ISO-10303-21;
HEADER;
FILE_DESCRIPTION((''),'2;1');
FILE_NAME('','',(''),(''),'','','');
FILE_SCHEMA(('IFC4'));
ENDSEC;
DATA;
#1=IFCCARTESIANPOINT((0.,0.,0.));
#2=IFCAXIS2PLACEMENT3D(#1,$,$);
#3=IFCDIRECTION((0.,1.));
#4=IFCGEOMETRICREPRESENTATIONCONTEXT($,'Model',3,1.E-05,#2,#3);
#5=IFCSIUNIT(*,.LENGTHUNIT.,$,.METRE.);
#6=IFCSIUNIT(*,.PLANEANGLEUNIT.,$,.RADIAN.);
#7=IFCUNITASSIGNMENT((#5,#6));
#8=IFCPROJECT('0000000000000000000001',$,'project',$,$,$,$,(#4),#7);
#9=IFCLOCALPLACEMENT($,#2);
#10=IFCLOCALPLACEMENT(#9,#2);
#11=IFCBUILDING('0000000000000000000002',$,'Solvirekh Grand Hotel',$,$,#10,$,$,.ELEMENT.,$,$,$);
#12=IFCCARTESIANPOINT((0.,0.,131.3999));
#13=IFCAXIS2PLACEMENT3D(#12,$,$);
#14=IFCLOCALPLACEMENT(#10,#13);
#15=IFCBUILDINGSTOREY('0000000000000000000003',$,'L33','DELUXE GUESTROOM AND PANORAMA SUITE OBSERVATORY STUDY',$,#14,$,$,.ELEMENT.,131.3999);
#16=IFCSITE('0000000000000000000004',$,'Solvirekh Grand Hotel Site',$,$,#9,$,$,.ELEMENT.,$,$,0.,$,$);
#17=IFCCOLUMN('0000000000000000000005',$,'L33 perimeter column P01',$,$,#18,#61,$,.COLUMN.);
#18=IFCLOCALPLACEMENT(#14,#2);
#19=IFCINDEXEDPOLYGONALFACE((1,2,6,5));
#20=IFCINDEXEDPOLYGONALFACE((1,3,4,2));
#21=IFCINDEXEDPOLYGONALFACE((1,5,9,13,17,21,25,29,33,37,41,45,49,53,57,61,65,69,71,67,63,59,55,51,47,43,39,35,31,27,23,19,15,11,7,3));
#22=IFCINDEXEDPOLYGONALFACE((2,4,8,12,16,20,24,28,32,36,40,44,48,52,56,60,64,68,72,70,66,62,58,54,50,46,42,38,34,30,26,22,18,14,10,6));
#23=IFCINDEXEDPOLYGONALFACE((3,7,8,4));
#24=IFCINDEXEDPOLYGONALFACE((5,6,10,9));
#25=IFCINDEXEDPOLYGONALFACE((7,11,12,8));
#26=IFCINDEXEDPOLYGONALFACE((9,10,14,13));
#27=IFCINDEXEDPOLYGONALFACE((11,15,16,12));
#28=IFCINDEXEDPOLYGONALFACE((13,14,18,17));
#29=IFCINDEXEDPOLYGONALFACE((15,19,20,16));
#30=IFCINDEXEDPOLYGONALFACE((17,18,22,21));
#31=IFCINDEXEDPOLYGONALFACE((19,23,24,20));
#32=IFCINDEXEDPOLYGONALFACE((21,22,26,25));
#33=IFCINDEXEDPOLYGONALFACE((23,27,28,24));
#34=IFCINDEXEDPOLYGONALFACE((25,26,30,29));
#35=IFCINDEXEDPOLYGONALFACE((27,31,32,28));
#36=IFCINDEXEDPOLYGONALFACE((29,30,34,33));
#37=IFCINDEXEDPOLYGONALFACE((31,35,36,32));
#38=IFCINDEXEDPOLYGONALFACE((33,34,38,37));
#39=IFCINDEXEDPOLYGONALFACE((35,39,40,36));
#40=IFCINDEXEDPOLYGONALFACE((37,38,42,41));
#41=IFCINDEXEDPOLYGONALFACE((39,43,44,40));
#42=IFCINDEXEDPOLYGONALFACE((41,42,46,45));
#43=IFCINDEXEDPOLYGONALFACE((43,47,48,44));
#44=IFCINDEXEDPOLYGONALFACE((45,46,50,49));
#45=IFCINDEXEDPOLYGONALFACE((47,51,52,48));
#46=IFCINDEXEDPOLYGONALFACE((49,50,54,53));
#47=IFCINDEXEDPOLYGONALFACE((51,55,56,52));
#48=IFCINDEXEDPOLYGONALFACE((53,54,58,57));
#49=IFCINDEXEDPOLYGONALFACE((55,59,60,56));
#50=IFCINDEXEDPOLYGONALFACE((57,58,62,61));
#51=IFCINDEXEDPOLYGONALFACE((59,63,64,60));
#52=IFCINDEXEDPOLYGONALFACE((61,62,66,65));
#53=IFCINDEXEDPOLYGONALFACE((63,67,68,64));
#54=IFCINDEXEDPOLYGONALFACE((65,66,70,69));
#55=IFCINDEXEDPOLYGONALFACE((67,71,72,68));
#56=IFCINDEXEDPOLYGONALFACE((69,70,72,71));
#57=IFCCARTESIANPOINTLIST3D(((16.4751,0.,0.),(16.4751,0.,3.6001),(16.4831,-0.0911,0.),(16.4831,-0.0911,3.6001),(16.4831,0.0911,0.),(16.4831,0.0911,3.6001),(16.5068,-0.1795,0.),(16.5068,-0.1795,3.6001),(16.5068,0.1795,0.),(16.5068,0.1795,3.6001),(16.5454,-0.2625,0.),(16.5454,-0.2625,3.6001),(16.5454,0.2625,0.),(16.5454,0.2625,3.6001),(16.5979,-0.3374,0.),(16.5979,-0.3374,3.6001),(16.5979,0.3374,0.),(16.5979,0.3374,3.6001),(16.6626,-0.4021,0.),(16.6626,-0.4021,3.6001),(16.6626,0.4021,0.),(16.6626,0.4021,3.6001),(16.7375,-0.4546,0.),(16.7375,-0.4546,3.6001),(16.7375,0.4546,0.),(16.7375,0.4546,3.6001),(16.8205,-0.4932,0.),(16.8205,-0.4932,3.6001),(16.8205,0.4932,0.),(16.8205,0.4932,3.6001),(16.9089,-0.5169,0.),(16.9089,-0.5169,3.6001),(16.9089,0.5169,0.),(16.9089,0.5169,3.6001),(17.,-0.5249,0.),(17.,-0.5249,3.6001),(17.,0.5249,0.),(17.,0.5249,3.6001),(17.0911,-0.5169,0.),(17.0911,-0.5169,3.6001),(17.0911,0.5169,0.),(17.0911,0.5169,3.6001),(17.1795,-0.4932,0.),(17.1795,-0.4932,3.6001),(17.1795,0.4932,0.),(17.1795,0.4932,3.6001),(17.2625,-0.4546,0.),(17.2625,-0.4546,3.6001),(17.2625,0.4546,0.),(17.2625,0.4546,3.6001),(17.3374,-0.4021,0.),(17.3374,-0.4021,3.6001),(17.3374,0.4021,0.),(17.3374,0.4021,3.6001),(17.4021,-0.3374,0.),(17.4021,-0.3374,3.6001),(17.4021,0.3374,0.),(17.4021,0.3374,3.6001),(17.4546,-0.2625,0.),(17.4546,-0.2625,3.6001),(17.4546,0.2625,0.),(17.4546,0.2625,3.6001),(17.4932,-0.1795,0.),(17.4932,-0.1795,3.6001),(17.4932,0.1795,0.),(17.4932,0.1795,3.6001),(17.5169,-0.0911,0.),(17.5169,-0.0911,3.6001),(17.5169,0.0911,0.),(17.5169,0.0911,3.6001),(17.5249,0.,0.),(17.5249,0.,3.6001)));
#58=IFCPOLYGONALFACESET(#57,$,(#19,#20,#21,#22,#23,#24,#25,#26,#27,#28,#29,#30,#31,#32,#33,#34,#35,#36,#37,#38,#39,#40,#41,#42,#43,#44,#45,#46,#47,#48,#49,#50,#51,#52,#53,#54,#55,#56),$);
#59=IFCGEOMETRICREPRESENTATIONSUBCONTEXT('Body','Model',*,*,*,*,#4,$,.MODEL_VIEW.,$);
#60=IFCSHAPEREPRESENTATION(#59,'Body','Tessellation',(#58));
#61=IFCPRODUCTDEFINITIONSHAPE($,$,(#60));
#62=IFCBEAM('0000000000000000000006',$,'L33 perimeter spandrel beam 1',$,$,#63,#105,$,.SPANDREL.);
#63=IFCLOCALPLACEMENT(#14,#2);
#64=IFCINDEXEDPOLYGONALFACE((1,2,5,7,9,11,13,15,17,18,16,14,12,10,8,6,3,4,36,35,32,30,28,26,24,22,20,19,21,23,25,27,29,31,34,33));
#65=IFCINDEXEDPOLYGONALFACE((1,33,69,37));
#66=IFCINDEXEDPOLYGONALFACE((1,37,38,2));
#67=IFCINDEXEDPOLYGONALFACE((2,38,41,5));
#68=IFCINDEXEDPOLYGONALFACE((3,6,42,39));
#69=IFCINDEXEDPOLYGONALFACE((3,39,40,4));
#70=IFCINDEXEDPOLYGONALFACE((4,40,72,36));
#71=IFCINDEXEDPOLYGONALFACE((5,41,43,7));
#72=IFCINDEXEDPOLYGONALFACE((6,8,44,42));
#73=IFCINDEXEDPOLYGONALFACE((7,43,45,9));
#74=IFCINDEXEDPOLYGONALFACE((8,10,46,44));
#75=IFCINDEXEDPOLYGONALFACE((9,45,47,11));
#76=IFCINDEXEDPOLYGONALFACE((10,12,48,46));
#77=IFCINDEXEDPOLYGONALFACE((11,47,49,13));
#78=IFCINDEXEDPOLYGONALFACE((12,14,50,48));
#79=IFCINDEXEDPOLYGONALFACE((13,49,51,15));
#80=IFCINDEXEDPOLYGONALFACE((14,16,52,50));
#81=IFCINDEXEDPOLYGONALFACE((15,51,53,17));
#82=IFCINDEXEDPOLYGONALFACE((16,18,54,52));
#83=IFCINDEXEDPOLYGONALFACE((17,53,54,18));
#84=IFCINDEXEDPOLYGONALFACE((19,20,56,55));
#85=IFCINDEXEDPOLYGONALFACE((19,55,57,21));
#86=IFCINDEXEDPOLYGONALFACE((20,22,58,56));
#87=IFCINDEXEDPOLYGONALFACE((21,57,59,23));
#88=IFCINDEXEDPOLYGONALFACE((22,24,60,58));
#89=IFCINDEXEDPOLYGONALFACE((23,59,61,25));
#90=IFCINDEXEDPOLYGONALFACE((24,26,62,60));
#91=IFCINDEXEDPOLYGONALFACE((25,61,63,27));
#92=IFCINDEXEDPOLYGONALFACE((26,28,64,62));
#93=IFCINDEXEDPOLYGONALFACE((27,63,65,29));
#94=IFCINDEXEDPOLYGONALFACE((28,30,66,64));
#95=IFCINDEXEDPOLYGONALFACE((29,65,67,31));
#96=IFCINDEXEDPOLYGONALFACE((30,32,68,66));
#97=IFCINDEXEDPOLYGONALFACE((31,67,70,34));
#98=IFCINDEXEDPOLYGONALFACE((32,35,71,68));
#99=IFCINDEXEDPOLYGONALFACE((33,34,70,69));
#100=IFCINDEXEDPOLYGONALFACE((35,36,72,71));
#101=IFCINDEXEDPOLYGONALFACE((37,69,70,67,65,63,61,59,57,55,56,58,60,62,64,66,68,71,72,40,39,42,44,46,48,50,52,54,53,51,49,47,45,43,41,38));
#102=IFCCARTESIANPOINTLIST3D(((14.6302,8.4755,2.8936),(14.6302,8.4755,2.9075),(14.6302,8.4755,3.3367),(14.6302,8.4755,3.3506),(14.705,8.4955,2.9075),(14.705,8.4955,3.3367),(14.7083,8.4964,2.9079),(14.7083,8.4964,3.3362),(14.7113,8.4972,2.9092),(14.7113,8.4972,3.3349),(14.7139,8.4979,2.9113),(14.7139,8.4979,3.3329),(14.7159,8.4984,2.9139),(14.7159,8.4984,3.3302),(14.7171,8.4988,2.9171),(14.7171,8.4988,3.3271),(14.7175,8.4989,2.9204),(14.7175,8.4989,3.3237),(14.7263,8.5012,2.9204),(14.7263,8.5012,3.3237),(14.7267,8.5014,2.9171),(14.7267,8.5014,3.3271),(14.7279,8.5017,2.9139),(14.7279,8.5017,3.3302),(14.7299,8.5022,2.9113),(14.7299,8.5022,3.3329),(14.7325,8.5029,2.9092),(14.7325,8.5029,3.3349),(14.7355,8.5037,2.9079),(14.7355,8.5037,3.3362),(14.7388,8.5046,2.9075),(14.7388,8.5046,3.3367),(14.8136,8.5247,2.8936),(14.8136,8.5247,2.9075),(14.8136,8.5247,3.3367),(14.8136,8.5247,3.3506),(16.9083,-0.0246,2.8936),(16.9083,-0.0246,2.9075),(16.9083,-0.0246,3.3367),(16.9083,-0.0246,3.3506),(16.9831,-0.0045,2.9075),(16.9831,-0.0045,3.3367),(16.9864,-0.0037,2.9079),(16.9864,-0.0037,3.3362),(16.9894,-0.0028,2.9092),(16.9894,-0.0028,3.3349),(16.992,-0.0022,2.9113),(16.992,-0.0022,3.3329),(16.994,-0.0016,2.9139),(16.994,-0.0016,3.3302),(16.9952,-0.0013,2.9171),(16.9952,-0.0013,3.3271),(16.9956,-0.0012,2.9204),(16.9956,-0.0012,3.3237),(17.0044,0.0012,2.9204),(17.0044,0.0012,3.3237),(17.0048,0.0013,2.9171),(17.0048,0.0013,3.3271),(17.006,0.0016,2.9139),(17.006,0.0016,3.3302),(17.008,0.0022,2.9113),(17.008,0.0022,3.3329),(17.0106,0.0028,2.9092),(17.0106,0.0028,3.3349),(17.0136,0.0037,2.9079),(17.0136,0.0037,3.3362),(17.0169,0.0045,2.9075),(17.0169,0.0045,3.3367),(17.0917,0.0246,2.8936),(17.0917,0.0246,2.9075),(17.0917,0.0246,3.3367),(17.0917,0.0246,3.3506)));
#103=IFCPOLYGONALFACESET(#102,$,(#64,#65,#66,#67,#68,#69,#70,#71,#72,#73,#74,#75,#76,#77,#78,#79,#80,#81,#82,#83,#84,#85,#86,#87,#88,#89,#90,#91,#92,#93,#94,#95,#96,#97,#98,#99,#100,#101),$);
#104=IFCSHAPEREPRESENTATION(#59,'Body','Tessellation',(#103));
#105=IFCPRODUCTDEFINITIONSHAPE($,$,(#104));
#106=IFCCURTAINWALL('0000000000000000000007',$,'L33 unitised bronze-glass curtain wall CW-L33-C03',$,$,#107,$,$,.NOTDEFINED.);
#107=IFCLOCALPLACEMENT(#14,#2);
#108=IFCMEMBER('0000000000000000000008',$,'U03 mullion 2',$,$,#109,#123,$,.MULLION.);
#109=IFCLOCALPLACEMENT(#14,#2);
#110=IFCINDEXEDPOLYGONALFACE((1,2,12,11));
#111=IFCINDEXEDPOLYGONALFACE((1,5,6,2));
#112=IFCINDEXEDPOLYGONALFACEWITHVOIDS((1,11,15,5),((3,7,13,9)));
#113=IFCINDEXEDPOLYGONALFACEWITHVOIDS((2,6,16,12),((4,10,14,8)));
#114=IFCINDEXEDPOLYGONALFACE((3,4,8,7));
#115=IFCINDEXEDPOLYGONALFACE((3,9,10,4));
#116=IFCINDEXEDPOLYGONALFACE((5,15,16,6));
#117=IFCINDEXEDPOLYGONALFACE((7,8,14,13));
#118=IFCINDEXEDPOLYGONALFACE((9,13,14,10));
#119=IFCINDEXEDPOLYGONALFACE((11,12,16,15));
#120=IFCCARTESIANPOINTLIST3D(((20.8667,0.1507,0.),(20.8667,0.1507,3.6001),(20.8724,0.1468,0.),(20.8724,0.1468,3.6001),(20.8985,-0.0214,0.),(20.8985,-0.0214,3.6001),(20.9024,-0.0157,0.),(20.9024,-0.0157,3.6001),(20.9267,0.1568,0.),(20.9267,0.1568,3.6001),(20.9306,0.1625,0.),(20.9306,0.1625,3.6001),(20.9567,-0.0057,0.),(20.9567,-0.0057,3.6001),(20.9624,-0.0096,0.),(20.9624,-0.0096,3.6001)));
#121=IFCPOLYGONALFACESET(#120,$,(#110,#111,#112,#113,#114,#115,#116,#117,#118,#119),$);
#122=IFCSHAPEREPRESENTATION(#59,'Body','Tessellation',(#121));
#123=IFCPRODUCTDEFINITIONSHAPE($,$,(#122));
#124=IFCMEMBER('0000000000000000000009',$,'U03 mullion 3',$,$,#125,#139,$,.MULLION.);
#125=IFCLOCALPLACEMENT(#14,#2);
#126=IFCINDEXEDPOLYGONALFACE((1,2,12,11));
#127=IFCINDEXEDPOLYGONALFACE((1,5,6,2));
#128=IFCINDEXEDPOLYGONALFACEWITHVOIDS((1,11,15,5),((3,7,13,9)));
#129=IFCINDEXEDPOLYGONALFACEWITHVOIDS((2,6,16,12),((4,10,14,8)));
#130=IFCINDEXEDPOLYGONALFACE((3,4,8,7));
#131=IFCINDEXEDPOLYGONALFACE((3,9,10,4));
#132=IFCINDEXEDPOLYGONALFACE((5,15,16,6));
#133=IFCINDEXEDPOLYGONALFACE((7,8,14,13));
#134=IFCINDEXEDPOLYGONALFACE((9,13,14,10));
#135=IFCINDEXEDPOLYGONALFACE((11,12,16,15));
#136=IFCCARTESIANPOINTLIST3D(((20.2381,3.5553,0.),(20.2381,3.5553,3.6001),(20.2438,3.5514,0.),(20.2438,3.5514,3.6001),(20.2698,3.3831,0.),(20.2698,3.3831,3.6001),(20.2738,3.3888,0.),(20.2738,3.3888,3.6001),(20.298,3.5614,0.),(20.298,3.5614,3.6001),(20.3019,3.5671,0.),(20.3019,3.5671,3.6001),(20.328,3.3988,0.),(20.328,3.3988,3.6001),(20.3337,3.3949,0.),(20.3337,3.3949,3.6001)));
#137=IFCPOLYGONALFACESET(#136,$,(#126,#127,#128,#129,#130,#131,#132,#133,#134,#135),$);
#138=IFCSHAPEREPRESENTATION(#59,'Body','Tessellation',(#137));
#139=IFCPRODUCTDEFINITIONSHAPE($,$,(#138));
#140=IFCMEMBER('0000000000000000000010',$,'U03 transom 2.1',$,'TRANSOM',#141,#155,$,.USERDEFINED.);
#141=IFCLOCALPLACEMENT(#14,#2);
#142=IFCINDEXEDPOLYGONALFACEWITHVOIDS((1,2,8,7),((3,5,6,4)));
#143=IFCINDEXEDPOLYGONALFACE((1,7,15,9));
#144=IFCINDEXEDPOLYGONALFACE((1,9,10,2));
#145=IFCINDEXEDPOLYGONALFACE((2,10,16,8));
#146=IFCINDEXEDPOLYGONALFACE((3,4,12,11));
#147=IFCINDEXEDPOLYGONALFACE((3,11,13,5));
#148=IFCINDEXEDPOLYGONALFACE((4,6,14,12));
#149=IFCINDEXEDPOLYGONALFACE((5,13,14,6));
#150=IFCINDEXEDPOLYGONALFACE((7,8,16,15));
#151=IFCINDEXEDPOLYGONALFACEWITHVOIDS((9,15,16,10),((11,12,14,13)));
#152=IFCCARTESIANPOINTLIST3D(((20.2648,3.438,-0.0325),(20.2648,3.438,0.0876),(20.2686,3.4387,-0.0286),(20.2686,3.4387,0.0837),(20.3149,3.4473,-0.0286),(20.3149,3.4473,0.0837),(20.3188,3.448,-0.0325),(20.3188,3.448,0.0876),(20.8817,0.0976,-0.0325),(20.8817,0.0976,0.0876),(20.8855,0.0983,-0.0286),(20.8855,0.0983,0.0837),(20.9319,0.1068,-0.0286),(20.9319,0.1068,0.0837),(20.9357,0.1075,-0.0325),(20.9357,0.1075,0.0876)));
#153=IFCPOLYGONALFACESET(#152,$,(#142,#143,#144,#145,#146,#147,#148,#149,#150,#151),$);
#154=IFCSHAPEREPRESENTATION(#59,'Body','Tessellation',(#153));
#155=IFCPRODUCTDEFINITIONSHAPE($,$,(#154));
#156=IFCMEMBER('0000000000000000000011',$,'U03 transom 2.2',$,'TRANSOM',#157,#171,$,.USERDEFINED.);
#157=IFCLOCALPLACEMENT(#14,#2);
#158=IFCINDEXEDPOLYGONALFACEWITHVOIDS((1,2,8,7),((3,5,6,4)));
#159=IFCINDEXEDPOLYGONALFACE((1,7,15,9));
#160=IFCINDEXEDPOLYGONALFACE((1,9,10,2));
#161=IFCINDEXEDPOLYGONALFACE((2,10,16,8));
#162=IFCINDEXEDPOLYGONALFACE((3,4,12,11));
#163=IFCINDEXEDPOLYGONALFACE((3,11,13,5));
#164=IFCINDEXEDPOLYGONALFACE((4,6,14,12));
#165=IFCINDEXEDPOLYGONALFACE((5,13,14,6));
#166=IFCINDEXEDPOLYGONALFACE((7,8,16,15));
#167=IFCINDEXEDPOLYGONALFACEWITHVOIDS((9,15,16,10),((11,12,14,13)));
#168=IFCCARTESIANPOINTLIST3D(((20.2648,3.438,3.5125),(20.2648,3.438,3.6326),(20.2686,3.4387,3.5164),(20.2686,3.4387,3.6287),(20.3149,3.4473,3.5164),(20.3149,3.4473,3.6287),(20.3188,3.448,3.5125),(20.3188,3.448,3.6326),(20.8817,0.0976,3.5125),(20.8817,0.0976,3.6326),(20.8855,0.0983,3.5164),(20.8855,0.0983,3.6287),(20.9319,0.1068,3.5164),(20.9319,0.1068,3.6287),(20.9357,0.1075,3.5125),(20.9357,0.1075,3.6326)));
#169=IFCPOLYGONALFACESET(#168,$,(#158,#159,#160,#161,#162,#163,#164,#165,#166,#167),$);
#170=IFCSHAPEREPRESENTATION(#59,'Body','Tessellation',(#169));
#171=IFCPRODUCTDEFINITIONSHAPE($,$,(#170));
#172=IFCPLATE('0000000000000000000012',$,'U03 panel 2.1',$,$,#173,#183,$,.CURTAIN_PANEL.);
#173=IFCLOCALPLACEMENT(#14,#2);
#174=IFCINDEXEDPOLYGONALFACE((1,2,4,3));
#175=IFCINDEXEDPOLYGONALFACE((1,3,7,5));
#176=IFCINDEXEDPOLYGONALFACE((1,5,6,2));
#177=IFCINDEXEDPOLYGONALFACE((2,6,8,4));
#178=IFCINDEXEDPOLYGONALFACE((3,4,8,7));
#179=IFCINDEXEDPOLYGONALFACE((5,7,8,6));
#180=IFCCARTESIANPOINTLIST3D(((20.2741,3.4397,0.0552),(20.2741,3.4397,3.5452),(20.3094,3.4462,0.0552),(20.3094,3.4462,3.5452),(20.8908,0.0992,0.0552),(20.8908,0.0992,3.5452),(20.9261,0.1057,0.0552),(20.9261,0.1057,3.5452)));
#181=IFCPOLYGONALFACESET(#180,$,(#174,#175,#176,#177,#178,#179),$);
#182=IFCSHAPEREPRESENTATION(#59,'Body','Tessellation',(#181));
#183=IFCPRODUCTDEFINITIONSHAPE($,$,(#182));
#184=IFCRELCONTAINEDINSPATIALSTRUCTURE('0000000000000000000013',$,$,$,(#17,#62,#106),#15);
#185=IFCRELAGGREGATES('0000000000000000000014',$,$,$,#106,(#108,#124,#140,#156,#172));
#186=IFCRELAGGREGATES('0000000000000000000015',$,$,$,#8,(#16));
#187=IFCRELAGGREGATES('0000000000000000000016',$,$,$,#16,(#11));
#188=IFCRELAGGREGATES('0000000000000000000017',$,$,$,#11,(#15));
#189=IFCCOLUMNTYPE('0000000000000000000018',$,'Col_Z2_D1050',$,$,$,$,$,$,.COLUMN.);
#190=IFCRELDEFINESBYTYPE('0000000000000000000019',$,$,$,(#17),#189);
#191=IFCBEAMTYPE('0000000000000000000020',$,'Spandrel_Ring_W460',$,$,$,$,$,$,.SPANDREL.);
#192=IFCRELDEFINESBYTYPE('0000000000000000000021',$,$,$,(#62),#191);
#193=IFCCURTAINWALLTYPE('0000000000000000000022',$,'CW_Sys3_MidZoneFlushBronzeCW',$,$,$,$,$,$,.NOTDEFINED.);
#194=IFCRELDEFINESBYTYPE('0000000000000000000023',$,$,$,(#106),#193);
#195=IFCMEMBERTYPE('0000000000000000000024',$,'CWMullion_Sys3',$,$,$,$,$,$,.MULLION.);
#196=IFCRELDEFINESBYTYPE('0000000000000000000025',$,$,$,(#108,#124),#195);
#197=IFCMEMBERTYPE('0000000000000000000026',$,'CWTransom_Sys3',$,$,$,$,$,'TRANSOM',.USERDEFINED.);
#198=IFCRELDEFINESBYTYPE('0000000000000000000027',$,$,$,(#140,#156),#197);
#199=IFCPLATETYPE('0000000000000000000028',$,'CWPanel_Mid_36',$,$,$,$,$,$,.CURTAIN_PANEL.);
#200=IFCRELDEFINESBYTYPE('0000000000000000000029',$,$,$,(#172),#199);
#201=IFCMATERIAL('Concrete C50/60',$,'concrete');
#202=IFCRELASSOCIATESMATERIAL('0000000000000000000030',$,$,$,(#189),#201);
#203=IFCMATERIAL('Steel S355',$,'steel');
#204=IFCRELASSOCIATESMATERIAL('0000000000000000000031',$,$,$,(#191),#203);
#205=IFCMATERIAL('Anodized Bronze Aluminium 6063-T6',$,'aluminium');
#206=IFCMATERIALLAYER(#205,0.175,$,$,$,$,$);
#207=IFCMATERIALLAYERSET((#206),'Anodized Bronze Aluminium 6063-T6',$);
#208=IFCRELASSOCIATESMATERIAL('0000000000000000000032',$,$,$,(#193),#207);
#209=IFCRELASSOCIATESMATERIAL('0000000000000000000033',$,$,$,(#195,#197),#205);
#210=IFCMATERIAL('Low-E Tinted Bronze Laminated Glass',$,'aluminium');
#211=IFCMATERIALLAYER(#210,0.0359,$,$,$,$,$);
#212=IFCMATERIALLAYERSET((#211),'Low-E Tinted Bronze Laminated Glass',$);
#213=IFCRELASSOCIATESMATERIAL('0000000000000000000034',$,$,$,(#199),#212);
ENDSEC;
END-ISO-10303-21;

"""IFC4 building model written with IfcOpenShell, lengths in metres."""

from ifc_helpers import new_model, si_unit, direction, frame, origin, origin_2d, place, context, subcontext, project, spatial, rectangle, hollow_rectangle, circle, i_section, extrude, source, transform, mapped, material, layer, layer_set, material_profile, profile_set, type_object, element, aggregate, save


model = new_model("IFC4")

# Units and contexts
model_context = context("Model", 3, precision=1e-05, world=origin(), true_north=direction((0.0, 1.0)))
body_context = subcontext(model_context, "Body", "Model", "MODEL_VIEW")
ifc_project = project(units=[si_unit("LENGTHUNIT", "METRE"), si_unit("PLANEANGLEUNIT", "RADIAN")], contexts=[model_context])

# Site, building, storey
site_placement = place(None, origin())
site = spatial("IfcSite", under=ifc_project, at=site_placement, Name="Solvirekh Grand Hotel Site", CompositionType="ELEMENT", RefElevation=0.0)
building_placement = place(site_placement, origin())
building = spatial("IfcBuilding", under=site, at=building_placement, Name="Solvirekh Grand Hotel", CompositionType="ELEMENT")
storey_placement = place(building_placement, frame((0.0, 0.0, 131.3999)))
storey = spatial("IfcBuildingStorey", under=building, at=storey_placement, Name="L33", Description="DELUXE GUESTROOM AND PANORAMA SUITE OBSERVATORY STUDY", CompositionType="ELEMENT", Elevation=131.3999)

# Column
ifc_material_1 = material(Name="Concrete C50/60", Category="concrete")
ifc_material_profile_1 = material_profile(ifc_material_1, circle(Radius=0.5249, at=origin_2d()), Name="RC CIRC D1050")
ifc_profile_set_1 = profile_set([ifc_material_profile_1], Name="Concrete C50/60")
column_type = type_object("IfcColumnType", Name="Col_Z2_D1050", PredefinedType="COLUMN", material=ifc_profile_set_1)
column_placement = place(storey_placement, frame((17.0, 0.0, 0.0), z_axis=(0.0, 0.0, 1.0), x_axis=(1.0, 0.0, 0.0)))
element("IfcColumn", 1, at=column_placement, inside=storey, type_object=column_type, Name="L33 perimeter column P01", PredefinedType="COLUMN", context=body_context, shape_type="SweptSolid", body=[
    extrude(circle(Radius=0.5249, at=origin_2d()), origin(), (0.0, 0.0, 1.0), 3.6001),
])

# Beam
ifc_material_2 = material(Name="Steel S355", Category="steel")
ifc_material_profile_2 = material_profile(ifc_material_2, i_section(OverallWidth=0.1899, OverallDepth=0.457, WebThickness=0.009, FlangeThickness=0.0139, FilletRadius=0.0129, at=origin_2d()), Name="W460X74")
ifc_profile_set_2 = profile_set([ifc_material_profile_2], Name="Steel S355")
beam_type = type_object("IfcBeamType", Name="Spandrel_Ring_W460", PredefinedType="SPANDREL", material=ifc_profile_set_2)
beam_placement = place(storey_placement, frame((17.0, 0.0, 3.1221), z_axis=(-0.258873, 0.965911, 0.0), x_axis=(-0.965911, -0.258873, 0.0)))
element("IfcBeam", 2, at=beam_placement, inside=storey, type_object=beam_type, Name="L33 perimeter spandrel beam 1", PredefinedType="SPANDREL", context=body_context, shape_type="SweptSolid", body=[
    extrude(i_section(OverallWidth=0.1899, OverallDepth=0.457, WebThickness=0.009, FlangeThickness=0.0139, FilletRadius=0.0129, at=origin_2d()), origin(), (0.0, 0.0, 1.0), 8.8),
])

# Curtain wall, members, plate
ifc_material_3 = material(Name="Anodized Bronze Aluminium 6063-T6", Category="aluminium")
ifc_layer_1 = layer(ifc_material_3, 0.175)
ifc_layer_set_1 = layer_set([ifc_layer_1], Name="Anodized Bronze Aluminium 6063-T6")
curtain_wall_type = type_object("IfcCurtainWallType", Name="CW_Sys3_MidZoneFlushBronzeCW", PredefinedType="NOTDEFINED", material=ifc_layer_set_1)
curtain_wall_placement = place(storey_placement, origin())
curtain_wall = element("IfcCurtainWall", 3, at=curtain_wall_placement, inside=storey, type_object=curtain_wall_type, Name="L33 unitised bronze-glass curtain wall CW-L33-C03", PredefinedType="NOTDEFINED")
ifc_material_profile_3 = material_profile(ifc_material_3, hollow_rectangle(XDim=0.0649, YDim=0.175, WallThickness=0.0049, at=origin_2d()), Name="ALU RHS 175X65X5")
ifc_profile_set_3 = profile_set([ifc_material_profile_3], Name="Anodized Bronze Aluminium 6063-T6")
member_type_1 = type_object("IfcMemberType", Name="CWMullion_Sys3", PredefinedType="MULLION", material=ifc_profile_set_3)
shared_shape_1 = source(origin(), body_context, "Body", "SweptSolid", [
    extrude(hollow_rectangle(XDim=0.0649, YDim=0.175, WallThickness=0.0049, at=origin_2d()), origin(), (0.0, 0.0, 1.0), 3.6001),
])
member_1_placement = place(storey_placement, frame((20.9146, 0.0706, 0.0), z_axis=(0.0, 0.0, 1.0), x_axis=(-0.983379, -0.181567, 0.0)))
member_1 = element("IfcMember", 4, at=member_1_placement, type_object=member_type_1, Name="U03 mullion 2", PredefinedType="MULLION", context=body_context, shape_type="MappedRepresentation", body=[
    mapped(shared_shape_1, transform((0.0, 0.0, 0.0), x_axis=(1.0, 0.0, 0.0), y_axis=(0.0, 1.0, 0.0), z_axis=(0.0, 0.0, 1.0), scale=1.0)),
])
member_2_placement = place(storey_placement, frame((20.2859, 3.4751, 0.0), z_axis=(0.0, 0.0, 1.0), x_axis=(-0.983379, -0.181567, 0.0)))
member_2 = element("IfcMember", 5, at=member_2_placement, type_object=member_type_1, Name="U03 mullion 3", PredefinedType="MULLION", context=body_context, shape_type="MappedRepresentation", body=[
    mapped(shared_shape_1, transform((0.0, 0.0, 0.0), x_axis=(1.0, 0.0, 0.0), y_axis=(0.0, 1.0, 0.0), z_axis=(0.0, 0.0, 1.0), scale=1.0)),
])
ifc_material_profile_4 = material_profile(ifc_material_3, hollow_rectangle(XDim=0.0549, YDim=0.1201, WallThickness=0.0039, at=origin_2d()), Name="ALU RHS 120X55X4")
ifc_profile_set_4 = profile_set([ifc_material_profile_4], Name="Anodized Bronze Aluminium 6063-T6")
member_type_2 = type_object("IfcMemberType", Name="CWTransom_Sys3", ElementType="TRANSOM", PredefinedType="USERDEFINED", material=ifc_profile_set_4)
shared_shape_2 = source(origin(), body_context, "Body", "SweptSolid", [
    extrude(hollow_rectangle(XDim=0.0549, YDim=0.1201, WallThickness=0.0039, at=origin_2d()), origin(), (0.0, 0.0, 1.0), 3.397),
])
member_3_placement = place(storey_placement, frame((20.9087, 0.1025, 0.0276), z_axis=(-0.181611, 0.983371, 0.0), x_axis=(-0.983371, -0.181611, 0.0)))
member_3 = element("IfcMember", 6, at=member_3_placement, type_object=member_type_2, Name="U03 transom 2.1", ObjectType="TRANSOM", PredefinedType="USERDEFINED", context=body_context, shape_type="MappedRepresentation", body=[
    mapped(shared_shape_2, transform((0.0, 0.0, 0.0), x_axis=(1.0, 0.0, 0.0), y_axis=(0.0, 1.0, 0.0), z_axis=(0.0, 0.0, 1.0), scale=1.0)),
])
member_4_placement = place(storey_placement, frame((20.9087, 0.1025, 3.5725), z_axis=(-0.181611, 0.983371, 0.0), x_axis=(-0.983371, -0.181611, 0.0)))
member_4 = element("IfcMember", 7, at=member_4_placement, type_object=member_type_2, Name="U03 transom 2.2", ObjectType="TRANSOM", PredefinedType="USERDEFINED", context=body_context, shape_type="MappedRepresentation", body=[
    mapped(shared_shape_2, transform((0.0, 0.0, 0.0), x_axis=(1.0, 0.0, 0.0), y_axis=(0.0, 1.0, 0.0), z_axis=(0.0, 0.0, 1.0), scale=1.0)),
])
ifc_material_4 = material(Name="Low-E Tinted Bronze Laminated Glass", Category="aluminium")
ifc_layer_2 = layer(ifc_material_4, 0.0359)
ifc_layer_set_2 = layer_set([ifc_layer_2], Name="Low-E Tinted Bronze Laminated Glass")
plate_type = type_object("IfcPlateType", Name="CWPanel_Mid_36", PredefinedType="CURTAIN_PANEL", material=ifc_layer_set_2)
shared_shape_3 = source(origin(), body_context, "Body", "SweptSolid", [
    extrude(rectangle(XDim=3.397, YDim=0.0359, at=origin_2d()), origin(), (0.0, 0.0, 1.0), 3.49),
])
plate_placement = place(storey_placement, frame((20.6001, 1.7727, 0.0552), z_axis=(0.0, 0.0, 1.0), x_axis=(-0.181567, 0.983379, 0.0)))
plate = element("IfcPlate", 8, at=plate_placement, type_object=plate_type, Name="U03 panel 2.1", PredefinedType="CURTAIN_PANEL", context=body_context, shape_type="MappedRepresentation", body=[
    mapped(shared_shape_3, transform((0.0, 0.0, 0.0), x_axis=(1.0, 0.0, 0.0), y_axis=(0.0, 1.0, 0.0), z_axis=(0.0, 0.0, 1.0), scale=1.0)),
])
aggregate(curtain_wall, [member_1, member_2, member_3, member_4, plate])

save(model, "model.ifc")
